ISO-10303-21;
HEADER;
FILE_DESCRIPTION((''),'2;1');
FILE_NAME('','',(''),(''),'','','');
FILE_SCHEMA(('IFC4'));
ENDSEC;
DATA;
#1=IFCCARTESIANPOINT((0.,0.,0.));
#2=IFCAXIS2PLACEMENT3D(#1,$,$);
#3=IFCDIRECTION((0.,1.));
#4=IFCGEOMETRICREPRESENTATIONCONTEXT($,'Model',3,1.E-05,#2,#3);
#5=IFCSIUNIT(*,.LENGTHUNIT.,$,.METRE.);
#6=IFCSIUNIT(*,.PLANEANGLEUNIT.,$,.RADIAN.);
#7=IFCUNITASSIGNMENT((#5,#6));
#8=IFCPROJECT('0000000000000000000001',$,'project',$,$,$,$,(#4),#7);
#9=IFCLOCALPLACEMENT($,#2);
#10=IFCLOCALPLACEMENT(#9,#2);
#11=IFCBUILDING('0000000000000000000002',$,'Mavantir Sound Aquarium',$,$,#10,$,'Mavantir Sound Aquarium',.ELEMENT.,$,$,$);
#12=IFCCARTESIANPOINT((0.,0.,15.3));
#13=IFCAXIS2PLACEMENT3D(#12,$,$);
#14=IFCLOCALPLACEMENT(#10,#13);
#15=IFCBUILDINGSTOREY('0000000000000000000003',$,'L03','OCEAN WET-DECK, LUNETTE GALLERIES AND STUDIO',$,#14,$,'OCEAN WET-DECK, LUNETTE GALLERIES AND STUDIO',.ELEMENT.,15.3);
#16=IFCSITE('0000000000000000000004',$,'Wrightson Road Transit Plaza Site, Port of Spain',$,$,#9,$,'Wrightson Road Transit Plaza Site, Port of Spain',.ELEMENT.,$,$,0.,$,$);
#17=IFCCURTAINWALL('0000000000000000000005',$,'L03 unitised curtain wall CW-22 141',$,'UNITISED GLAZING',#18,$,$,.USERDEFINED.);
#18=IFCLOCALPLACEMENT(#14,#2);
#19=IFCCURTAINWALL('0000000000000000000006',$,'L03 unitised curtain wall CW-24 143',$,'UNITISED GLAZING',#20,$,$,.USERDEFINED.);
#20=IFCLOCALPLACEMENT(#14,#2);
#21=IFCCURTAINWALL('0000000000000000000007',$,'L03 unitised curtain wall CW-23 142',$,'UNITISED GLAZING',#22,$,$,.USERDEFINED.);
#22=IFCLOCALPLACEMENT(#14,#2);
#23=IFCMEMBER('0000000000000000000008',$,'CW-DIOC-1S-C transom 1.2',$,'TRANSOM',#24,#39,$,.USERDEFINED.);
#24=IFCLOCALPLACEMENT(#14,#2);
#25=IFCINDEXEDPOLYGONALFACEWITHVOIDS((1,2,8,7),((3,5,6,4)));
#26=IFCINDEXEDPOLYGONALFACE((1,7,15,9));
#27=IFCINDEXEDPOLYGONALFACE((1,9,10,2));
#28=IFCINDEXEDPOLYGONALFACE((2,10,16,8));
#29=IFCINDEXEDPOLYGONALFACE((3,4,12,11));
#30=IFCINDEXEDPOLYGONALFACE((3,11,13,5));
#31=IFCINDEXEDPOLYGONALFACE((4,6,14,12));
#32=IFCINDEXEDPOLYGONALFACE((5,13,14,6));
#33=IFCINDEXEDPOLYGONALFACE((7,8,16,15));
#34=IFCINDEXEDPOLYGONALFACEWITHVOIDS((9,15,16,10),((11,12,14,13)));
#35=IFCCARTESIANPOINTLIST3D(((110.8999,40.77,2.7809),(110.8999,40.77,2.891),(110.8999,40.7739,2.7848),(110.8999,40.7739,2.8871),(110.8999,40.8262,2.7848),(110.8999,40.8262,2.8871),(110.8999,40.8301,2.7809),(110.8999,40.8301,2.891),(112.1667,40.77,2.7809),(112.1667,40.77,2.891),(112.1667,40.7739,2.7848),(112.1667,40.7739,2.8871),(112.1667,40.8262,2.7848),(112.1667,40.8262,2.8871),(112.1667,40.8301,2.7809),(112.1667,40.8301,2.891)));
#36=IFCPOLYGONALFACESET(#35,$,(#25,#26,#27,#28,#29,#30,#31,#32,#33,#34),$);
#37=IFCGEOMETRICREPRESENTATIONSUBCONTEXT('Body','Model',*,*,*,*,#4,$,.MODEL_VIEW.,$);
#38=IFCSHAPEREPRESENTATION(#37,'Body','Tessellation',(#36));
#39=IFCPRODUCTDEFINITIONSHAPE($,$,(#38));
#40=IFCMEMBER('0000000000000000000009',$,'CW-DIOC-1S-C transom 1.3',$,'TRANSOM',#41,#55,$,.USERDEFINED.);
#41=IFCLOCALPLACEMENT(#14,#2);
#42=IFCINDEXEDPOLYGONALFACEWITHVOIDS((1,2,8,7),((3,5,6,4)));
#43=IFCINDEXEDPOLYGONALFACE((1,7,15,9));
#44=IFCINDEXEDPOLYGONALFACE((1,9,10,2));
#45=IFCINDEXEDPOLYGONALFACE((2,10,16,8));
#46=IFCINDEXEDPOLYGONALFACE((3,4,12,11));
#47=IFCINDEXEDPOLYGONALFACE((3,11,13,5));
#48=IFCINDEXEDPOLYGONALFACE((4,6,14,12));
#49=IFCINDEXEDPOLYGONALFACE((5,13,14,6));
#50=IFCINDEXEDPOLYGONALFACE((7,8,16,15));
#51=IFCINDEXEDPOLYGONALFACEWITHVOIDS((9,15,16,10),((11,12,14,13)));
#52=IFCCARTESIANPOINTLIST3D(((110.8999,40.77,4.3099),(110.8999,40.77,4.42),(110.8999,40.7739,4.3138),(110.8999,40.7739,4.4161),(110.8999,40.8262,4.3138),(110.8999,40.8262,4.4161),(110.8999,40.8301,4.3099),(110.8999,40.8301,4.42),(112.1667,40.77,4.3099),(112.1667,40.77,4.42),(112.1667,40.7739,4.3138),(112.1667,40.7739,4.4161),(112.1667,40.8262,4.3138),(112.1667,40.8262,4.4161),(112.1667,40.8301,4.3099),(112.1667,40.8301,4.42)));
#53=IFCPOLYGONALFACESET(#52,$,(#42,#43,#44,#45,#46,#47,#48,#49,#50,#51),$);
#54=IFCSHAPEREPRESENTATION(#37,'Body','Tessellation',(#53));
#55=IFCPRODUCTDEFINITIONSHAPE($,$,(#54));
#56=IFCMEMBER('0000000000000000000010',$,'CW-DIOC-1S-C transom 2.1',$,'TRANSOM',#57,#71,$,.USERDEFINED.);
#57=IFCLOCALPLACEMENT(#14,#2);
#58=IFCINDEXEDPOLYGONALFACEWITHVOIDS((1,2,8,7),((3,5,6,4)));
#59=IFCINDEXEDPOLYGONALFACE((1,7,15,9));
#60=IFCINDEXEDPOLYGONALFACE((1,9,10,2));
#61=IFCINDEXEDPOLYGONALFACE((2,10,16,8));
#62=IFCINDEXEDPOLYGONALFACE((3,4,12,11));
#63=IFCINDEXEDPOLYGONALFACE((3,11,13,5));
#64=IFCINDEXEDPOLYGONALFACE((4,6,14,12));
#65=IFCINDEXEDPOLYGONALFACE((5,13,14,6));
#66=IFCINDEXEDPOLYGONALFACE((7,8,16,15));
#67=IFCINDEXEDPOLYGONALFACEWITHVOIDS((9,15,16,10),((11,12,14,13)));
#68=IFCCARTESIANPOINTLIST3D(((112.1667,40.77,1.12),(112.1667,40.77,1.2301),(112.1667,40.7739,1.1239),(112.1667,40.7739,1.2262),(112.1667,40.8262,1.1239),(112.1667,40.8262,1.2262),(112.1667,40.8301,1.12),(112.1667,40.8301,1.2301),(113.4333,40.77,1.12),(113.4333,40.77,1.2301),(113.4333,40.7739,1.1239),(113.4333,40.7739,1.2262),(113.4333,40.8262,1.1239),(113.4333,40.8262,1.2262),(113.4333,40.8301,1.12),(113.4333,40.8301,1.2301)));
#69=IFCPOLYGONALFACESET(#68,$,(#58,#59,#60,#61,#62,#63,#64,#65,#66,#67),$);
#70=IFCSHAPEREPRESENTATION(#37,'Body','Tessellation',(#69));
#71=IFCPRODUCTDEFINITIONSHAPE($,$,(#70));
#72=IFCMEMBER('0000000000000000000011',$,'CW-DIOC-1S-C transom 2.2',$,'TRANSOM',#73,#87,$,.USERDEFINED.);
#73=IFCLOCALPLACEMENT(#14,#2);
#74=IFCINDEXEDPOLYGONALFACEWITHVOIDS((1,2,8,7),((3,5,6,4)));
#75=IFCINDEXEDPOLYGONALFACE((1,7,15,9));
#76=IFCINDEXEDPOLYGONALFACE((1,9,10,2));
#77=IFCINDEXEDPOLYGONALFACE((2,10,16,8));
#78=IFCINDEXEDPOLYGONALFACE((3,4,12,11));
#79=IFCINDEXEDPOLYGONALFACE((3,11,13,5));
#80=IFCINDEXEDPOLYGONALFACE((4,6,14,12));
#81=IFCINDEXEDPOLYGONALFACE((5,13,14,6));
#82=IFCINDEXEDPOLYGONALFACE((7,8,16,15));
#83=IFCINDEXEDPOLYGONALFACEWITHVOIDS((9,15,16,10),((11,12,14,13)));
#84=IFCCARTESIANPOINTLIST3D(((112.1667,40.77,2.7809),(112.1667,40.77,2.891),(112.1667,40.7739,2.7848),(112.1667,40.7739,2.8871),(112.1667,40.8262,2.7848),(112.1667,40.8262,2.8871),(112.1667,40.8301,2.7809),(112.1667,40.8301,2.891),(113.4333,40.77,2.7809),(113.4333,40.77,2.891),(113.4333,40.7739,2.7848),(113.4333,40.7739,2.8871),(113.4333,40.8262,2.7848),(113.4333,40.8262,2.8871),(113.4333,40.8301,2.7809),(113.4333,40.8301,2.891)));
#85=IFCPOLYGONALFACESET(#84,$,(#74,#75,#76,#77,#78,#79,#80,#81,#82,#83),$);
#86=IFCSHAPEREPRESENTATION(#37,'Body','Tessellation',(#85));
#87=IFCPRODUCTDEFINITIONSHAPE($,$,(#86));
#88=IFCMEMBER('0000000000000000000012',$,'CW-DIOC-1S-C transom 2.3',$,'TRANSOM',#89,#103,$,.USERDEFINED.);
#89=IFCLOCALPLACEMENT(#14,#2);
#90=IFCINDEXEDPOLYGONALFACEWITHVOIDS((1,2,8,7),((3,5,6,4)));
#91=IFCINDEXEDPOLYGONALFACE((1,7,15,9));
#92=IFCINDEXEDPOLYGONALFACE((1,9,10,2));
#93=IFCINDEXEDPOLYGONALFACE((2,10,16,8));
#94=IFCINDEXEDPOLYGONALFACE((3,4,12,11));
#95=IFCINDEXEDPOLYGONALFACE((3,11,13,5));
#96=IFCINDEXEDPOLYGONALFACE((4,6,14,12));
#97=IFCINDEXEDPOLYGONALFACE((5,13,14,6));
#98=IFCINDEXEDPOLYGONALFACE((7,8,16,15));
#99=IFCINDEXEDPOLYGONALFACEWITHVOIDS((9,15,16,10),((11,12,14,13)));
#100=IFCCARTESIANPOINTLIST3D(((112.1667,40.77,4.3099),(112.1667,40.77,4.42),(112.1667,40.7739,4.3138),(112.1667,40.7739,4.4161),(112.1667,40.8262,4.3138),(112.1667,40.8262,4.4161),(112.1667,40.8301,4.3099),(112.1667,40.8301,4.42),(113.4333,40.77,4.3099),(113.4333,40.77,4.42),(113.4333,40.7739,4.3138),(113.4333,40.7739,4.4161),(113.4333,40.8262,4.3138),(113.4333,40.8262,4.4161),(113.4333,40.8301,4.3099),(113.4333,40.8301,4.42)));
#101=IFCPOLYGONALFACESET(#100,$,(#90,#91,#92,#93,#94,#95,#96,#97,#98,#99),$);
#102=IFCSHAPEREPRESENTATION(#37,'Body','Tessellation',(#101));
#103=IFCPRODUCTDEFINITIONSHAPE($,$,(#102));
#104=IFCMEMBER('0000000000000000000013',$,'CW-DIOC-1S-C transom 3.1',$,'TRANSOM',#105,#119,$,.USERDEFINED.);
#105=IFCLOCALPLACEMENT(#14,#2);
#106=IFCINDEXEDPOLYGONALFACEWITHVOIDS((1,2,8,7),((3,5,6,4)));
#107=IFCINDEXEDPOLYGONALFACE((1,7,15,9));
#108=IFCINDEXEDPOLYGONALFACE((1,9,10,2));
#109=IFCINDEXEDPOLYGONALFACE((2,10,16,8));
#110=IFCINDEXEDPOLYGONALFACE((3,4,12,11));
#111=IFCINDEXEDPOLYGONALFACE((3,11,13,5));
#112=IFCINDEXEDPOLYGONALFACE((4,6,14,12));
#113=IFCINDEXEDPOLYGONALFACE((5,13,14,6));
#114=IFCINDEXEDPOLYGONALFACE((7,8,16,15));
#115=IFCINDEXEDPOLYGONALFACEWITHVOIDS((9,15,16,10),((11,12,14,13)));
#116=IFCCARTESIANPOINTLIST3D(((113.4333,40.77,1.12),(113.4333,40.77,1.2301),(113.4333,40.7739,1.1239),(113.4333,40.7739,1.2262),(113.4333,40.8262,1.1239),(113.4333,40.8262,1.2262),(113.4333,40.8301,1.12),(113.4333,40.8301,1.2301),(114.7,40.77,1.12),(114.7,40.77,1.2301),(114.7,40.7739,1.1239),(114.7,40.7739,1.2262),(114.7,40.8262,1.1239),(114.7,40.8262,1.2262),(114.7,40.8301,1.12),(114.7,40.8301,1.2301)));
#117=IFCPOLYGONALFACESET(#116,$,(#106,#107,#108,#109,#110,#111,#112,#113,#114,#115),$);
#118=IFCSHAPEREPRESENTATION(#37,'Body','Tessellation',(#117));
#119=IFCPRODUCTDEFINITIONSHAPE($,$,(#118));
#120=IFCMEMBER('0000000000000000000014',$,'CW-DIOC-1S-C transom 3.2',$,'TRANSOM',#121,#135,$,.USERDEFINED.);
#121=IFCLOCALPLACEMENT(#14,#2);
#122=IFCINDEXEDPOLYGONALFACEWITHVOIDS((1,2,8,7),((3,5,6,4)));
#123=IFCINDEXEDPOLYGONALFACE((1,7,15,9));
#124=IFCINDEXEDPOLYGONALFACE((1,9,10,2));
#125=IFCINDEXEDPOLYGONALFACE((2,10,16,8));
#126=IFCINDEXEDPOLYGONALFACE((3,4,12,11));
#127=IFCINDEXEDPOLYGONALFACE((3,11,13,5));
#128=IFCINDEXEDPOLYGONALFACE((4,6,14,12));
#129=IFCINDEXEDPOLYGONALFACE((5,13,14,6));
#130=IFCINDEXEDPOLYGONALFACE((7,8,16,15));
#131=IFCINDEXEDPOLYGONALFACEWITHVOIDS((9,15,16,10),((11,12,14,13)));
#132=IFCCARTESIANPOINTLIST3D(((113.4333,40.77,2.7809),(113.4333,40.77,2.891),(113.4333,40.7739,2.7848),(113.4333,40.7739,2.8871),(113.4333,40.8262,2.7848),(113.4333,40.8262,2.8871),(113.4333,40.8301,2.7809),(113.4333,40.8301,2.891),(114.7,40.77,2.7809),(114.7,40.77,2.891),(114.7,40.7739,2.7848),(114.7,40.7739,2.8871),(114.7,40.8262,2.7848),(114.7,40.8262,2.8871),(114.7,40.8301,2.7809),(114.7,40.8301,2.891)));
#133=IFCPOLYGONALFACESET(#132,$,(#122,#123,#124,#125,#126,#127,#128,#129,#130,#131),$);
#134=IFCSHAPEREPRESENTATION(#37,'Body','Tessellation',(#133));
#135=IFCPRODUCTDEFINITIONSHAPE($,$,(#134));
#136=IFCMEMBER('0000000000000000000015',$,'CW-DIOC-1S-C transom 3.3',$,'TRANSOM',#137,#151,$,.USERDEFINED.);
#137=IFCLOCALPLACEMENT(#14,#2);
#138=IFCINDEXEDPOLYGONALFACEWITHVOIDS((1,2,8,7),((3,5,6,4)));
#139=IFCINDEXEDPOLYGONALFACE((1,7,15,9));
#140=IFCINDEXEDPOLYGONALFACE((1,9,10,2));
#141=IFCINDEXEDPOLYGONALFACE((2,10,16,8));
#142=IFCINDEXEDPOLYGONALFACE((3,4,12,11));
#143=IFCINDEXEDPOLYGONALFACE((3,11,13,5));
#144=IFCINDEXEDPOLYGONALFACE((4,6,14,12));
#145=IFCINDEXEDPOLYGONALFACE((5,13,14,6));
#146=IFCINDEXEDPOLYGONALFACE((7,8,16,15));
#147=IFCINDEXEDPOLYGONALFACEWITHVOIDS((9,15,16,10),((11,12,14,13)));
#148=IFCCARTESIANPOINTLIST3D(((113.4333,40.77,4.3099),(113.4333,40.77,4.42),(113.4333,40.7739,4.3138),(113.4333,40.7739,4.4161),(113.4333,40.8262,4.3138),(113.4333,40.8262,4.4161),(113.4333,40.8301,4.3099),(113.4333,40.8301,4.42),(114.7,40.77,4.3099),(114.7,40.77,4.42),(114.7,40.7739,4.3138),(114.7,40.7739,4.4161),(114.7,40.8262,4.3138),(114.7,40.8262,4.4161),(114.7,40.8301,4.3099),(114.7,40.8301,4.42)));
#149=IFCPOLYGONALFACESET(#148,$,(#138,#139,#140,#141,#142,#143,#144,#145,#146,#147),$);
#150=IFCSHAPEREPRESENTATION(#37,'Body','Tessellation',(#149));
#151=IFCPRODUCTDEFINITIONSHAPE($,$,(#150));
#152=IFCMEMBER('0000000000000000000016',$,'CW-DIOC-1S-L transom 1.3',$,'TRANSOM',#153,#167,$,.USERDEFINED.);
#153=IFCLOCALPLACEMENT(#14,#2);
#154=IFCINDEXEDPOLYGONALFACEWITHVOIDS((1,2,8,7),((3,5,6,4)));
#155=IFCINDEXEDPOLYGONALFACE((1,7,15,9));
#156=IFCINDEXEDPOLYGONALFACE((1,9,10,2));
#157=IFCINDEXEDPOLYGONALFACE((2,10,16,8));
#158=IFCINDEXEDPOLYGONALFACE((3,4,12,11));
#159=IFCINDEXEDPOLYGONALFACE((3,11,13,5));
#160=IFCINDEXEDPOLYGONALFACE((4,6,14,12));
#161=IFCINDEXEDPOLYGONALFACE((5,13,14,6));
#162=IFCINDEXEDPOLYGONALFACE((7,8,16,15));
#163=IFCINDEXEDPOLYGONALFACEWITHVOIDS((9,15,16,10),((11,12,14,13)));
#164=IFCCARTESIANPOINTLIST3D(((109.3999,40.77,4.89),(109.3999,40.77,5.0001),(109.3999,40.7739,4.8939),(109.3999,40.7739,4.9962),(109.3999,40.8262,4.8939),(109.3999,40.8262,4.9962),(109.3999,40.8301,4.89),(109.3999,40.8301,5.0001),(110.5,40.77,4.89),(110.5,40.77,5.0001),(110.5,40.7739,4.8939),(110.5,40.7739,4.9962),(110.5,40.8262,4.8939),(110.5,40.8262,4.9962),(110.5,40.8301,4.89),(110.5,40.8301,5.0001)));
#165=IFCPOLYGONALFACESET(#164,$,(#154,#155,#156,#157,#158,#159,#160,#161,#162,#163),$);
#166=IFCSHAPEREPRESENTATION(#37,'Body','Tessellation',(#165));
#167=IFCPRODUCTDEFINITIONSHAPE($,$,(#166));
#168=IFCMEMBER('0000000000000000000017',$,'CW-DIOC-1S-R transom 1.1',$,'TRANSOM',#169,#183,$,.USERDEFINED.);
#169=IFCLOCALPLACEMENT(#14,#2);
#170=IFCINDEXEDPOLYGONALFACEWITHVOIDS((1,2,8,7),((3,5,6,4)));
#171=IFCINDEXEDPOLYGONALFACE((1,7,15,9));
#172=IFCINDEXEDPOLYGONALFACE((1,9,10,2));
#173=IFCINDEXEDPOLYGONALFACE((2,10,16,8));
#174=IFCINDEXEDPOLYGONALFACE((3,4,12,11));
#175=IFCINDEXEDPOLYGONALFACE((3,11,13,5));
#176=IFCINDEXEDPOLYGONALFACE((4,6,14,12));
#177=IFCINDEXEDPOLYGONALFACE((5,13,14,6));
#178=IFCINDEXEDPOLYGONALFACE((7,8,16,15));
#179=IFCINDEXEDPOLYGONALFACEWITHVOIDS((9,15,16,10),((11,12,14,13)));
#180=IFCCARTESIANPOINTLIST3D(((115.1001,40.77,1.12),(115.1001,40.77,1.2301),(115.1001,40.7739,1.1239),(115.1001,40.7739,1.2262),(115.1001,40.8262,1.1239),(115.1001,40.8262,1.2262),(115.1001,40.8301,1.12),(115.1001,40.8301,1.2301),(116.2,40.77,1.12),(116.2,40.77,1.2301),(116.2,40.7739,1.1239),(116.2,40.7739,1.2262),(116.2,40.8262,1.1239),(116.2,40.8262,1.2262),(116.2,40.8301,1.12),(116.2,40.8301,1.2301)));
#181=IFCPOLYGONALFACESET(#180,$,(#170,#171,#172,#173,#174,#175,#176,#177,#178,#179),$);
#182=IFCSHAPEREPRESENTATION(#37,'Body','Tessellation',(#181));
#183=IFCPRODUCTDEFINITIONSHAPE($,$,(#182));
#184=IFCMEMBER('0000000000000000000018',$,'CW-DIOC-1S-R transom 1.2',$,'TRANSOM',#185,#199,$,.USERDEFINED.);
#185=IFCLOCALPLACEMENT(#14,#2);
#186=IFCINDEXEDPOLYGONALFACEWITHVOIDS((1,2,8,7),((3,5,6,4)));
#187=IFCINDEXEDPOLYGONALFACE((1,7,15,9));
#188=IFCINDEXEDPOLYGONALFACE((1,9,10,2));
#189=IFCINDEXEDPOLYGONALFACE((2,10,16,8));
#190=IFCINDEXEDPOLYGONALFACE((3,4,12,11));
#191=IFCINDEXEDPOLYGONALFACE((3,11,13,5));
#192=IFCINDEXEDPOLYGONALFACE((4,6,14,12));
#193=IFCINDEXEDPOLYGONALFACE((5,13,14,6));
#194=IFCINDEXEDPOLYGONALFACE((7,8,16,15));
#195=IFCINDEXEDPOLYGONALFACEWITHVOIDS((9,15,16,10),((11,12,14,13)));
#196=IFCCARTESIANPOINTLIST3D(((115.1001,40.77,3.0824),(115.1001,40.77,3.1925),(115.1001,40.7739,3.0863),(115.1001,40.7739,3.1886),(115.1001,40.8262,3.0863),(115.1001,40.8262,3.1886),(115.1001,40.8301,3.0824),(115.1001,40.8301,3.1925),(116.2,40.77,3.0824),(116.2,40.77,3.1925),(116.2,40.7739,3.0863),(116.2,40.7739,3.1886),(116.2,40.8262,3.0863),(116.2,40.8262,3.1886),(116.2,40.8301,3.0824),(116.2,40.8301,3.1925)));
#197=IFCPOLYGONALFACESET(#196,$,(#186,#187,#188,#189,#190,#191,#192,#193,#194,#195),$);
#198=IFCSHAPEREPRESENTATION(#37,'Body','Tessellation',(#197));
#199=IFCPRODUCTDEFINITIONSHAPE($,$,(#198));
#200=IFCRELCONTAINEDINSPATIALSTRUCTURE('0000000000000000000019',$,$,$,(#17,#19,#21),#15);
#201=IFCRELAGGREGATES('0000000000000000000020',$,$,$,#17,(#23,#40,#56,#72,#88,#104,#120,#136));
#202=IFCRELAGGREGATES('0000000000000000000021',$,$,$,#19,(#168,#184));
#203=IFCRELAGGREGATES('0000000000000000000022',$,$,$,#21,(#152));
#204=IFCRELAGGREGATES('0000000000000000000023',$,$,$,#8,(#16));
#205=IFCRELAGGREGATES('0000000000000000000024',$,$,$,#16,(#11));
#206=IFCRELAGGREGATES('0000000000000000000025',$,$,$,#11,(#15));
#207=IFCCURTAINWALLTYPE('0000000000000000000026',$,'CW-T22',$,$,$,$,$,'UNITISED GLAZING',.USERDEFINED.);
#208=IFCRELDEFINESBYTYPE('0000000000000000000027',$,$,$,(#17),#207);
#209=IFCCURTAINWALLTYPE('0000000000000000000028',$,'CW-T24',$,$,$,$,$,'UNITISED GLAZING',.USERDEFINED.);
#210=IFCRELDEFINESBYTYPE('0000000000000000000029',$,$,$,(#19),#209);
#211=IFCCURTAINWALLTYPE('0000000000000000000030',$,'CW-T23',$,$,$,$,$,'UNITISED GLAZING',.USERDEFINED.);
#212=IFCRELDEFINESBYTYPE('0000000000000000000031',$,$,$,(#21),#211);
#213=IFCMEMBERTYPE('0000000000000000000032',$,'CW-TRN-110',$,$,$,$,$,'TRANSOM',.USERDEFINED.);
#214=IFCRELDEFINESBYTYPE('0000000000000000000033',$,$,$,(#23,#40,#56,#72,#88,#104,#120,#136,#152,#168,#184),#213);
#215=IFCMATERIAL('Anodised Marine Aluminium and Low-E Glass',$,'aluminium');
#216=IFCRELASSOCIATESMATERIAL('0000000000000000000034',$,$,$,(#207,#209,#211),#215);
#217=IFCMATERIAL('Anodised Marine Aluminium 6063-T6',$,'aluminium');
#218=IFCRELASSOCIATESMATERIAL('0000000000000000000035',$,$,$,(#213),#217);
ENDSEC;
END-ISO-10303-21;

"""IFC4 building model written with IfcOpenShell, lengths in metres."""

from ifc_helpers import new_model, si_unit, direction, frame, origin, origin_2d, place, context, subcontext, project, spatial, hollow_rectangle, extrude, material, material_profile, profile_set, type_object, element, aggregate, save


model = new_model("IFC4")

# Units and contexts
model_context = context("Model", 3, precision=1e-05, world=origin(), true_north=direction((0.0, 1.0)))
body_context = subcontext(model_context, "Body", "Model", "MODEL_VIEW")
ifc_project = project(units=[si_unit("LENGTHUNIT", "METRE"), si_unit("PLANEANGLEUNIT", "RADIAN")], contexts=[model_context])

# Site, building, storey
site_placement = place(None, origin())
site = spatial("IfcSite", under=ifc_project, at=site_placement, Name="Wrightson Road Transit Plaza Site, Port of Spain", LongName="Wrightson Road Transit Plaza Site, Port of Spain", CompositionType="ELEMENT", RefElevation=0.0)
building_placement = place(site_placement, origin())
building = spatial("IfcBuilding", under=site, at=building_placement, Name="Mavantir Sound Aquarium", LongName="Mavantir Sound Aquarium", CompositionType="ELEMENT")
storey_placement = place(building_placement, frame((0.0, 0.0, 15.3)))
storey = spatial("IfcBuildingStorey", under=building, at=storey_placement, Name="L03", Description="OCEAN WET-DECK, LUNETTE GALLERIES AND STUDIO", LongName="OCEAN WET-DECK, LUNETTE GALLERIES AND STUDIO", CompositionType="ELEMENT", Elevation=15.3)

# Curtain walls
ifc_material_1 = material(Name="Anodised Marine Aluminium and Low-E Glass", Category="aluminium")
curtain_wall_type_1 = type_object("IfcCurtainWallType", Name="CW-T22", ElementType="UNITISED GLAZING", PredefinedType="USERDEFINED", material=ifc_material_1)
curtain_wall_1_placement = place(storey_placement, origin())
curtain_wall_1 = element("IfcCurtainWall", 1, at=curtain_wall_1_placement, inside=storey, type_object=curtain_wall_type_1, Name="L03 unitised curtain wall CW-22 141", ObjectType="UNITISED GLAZING", PredefinedType="USERDEFINED")
ifc_material_2 = material(Name="Anodised Marine Aluminium 6063-T6", Category="aluminium")
curtain_wall_type_2 = type_object("IfcCurtainWallType", Name="CW-T24", ElementType="UNITISED GLAZING", PredefinedType="USERDEFINED", material=ifc_material_1)
curtain_wall_2_placement = place(storey_placement, origin())
curtain_wall_2 = element("IfcCurtainWall", 2, at=curtain_wall_2_placement, inside=storey, type_object=curtain_wall_type_2, Name="L03 unitised curtain wall CW-24 143", ObjectType="UNITISED GLAZING", PredefinedType="USERDEFINED")

# Curtain wall
curtain_wall_type_3 = type_object("IfcCurtainWallType", Name="CW-T23", ElementType="UNITISED GLAZING", PredefinedType="USERDEFINED", material=ifc_material_1)
curtain_wall_3_placement = place(storey_placement, origin())
curtain_wall_3 = element("IfcCurtainWall", 3, at=curtain_wall_3_placement, inside=storey, type_object=curtain_wall_type_3, Name="L03 unitised curtain wall CW-23 142", ObjectType="UNITISED GLAZING", PredefinedType="USERDEFINED")

# Members
ifc_material_profile_1 = material_profile(ifc_material_2, hollow_rectangle(XDim=0.0601, YDim=0.1101, WallThickness=0.0039, at=origin_2d()), Name="ALU-TRANSOM-110X60")
ifc_profile_set_1 = profile_set([ifc_material_profile_1], Name="Anodised Marine Aluminium 6063-T6")
member_type_1 = type_object("IfcMemberType", Name="CW-TRN-110", ElementType="TRANSOM", PredefinedType="USERDEFINED", material=ifc_profile_set_1)
member_1_placement = place(storey_placement, frame((110.8999, 40.8, 2.8359), z_axis=(1.0, 0.0, 0.0), x_axis=(0.0, 1.0, 0.0)))
member_1 = element("IfcMember", 4, at=member_1_placement, type_object=member_type_1, Name="CW-DIOC-1S-C transom 1.2", ObjectType="TRANSOM", PredefinedType="USERDEFINED", context=body_context, shape_type="SweptSolid", body=[
    extrude(hollow_rectangle(XDim=0.0601, YDim=0.1101, WallThickness=0.0039, at=origin_2d()), origin(), (0.0, 0.0, 1.0), 1.2668),
])
member_2_placement = place(storey_placement, frame((110.8999, 40.8, 4.365), z_axis=(1.0, 0.0, 0.0), x_axis=(0.0, 1.0, 0.0)))
member_2 = element("IfcMember", 5, at=member_2_placement, type_object=member_type_1, Name="CW-DIOC-1S-C transom 1.3", ObjectType="TRANSOM", PredefinedType="USERDEFINED", context=body_context, shape_type="SweptSolid", body=[
    extrude(hollow_rectangle(XDim=0.0601, YDim=0.1101, WallThickness=0.0039, at=origin_2d()), origin(), (0.0, 0.0, 1.0), 1.2668),
])
member_3_placement = place(storey_placement, frame((112.1667, 40.8, 1.175), z_axis=(1.0, 0.0, 0.0), x_axis=(0.0, 1.0, 0.0)))
member_3 = element("IfcMember", 6, at=member_3_placement, type_object=member_type_1, Name="CW-DIOC-1S-C transom 2.1", ObjectType="TRANSOM", PredefinedType="USERDEFINED", context=body_context, shape_type="SweptSolid", body=[
    extrude(hollow_rectangle(XDim=0.0601, YDim=0.1101, WallThickness=0.0039, at=origin_2d()), origin(), (0.0, 0.0, 1.0), 1.2666),
])
member_4_placement = place(storey_placement, frame((112.1667, 40.8, 2.8359), z_axis=(1.0, 0.0, 0.0), x_axis=(0.0, 1.0, 0.0)))
member_4 = element("IfcMember", 7, at=member_4_placement, type_object=member_type_1, Name="CW-DIOC-1S-C transom 2.2", ObjectType="TRANSOM", PredefinedType="USERDEFINED", context=body_context, shape_type="SweptSolid", body=[
    extrude(hollow_rectangle(XDim=0.0601, YDim=0.1101, WallThickness=0.0039, at=origin_2d()), origin(), (0.0, 0.0, 1.0), 1.2666),
])
member_5_placement = place(storey_placement, frame((112.1667, 40.8, 4.365), z_axis=(1.0, 0.0, 0.0), x_axis=(0.0, 1.0, 0.0)))
member_5 = element("IfcMember", 8, at=member_5_placement, type_object=member_type_1, Name="CW-DIOC-1S-C transom 2.3", ObjectType="TRANSOM", PredefinedType="USERDEFINED", context=body_context, shape_type="SweptSolid", body=[
    extrude(hollow_rectangle(XDim=0.0601, YDim=0.1101, WallThickness=0.0039, at=origin_2d()), origin(), (0.0, 0.0, 1.0), 1.2666),
])
member_6_placement = place(storey_placement, frame((113.4333, 40.8, 1.175), z_axis=(1.0, 0.0, 0.0), x_axis=(0.0, 1.0, 0.0)))
member_6 = element("IfcMember", 9, at=member_6_placement, type_object=member_type_1, Name="CW-DIOC-1S-C transom 3.1", ObjectType="TRANSOM", PredefinedType="USERDEFINED", context=body_context, shape_type="SweptSolid", body=[
    extrude(hollow_rectangle(XDim=0.0601, YDim=0.1101, WallThickness=0.0039, at=origin_2d()), origin(), (0.0, 0.0, 1.0), 1.2666),
])
member_7_placement = place(storey_placement, frame((113.4333, 40.8, 2.8359), z_axis=(1.0, 0.0, 0.0), x_axis=(0.0, 1.0, 0.0)))
member_7 = element("IfcMember", 10, at=member_7_placement, type_object=member_type_1, Name="CW-DIOC-1S-C transom 3.2", ObjectType="TRANSOM", PredefinedType="USERDEFINED", context=body_context, shape_type="SweptSolid", body=[
    extrude(hollow_rectangle(XDim=0.0601, YDim=0.1101, WallThickness=0.0039, at=origin_2d()), origin(), (0.0, 0.0, 1.0), 1.2666),
])
member_8_placement = place(storey_placement, frame((113.4333, 40.8, 4.365), z_axis=(1.0, 0.0, 0.0), x_axis=(0.0, 1.0, 0.0)))
member_8 = element("IfcMember", 11, at=member_8_placement, type_object=member_type_1, Name="CW-DIOC-1S-C transom 3.3", ObjectType="TRANSOM", PredefinedType="USERDEFINED", context=body_context, shape_type="SweptSolid", body=[
    extrude(hollow_rectangle(XDim=0.0601, YDim=0.1101, WallThickness=0.0039, at=origin_2d()), origin(), (0.0, 0.0, 1.0), 1.2666),
])
member_9_placement = place(storey_placement, frame((109.3999, 40.8, 4.9451), z_axis=(1.0, 0.0, 0.0), x_axis=(0.0, 1.0, 0.0)))
member_9 = element("IfcMember", 12, at=member_9_placement, type_object=member_type_1, Name="CW-DIOC-1S-L transom 1.3", ObjectType="TRANSOM", PredefinedType="USERDEFINED", context=body_context, shape_type="SweptSolid", body=[
    extrude(hollow_rectangle(XDim=0.0601, YDim=0.1101, WallThickness=0.0039, at=origin_2d()), origin(), (0.0, 0.0, 1.0), 1.1001),
])
member_10_placement = place(storey_placement, frame((115.1001, 40.8, 1.175), z_axis=(1.0, 0.0, 0.0), x_axis=(0.0, 1.0, 0.0)))
member_10 = element("IfcMember", 13, at=member_10_placement, type_object=member_type_1, Name="CW-DIOC-1S-R transom 1.1", ObjectType="TRANSOM", PredefinedType="USERDEFINED", context=body_context, shape_type="SweptSolid", body=[
    extrude(hollow_rectangle(XDim=0.0601, YDim=0.1101, WallThickness=0.0039, at=origin_2d()), origin(), (0.0, 0.0, 1.0), 1.0999),
])
member_11_placement = place(storey_placement, frame((115.1001, 40.8, 3.1375), z_axis=(1.0, 0.0, 0.0), x_axis=(0.0, 1.0, 0.0)))
member_11 = element("IfcMember", 14, at=member_11_placement, type_object=member_type_1, Name="CW-DIOC-1S-R transom 1.2", ObjectType="TRANSOM", PredefinedType="USERDEFINED", context=body_context, shape_type="SweptSolid", body=[
    extrude(hollow_rectangle(XDim=0.0601, YDim=0.1101, WallThickness=0.0039, at=origin_2d()), origin(), (0.0, 0.0, 1.0), 1.0999),
])

aggregate(curtain_wall_1, [member_1, member_2, member_3, member_4, member_5, member_6, member_7, member_8])
aggregate(curtain_wall_2, [member_10, member_11])
aggregate(curtain_wall_3, [member_9])

save(model, "model.ifc")
